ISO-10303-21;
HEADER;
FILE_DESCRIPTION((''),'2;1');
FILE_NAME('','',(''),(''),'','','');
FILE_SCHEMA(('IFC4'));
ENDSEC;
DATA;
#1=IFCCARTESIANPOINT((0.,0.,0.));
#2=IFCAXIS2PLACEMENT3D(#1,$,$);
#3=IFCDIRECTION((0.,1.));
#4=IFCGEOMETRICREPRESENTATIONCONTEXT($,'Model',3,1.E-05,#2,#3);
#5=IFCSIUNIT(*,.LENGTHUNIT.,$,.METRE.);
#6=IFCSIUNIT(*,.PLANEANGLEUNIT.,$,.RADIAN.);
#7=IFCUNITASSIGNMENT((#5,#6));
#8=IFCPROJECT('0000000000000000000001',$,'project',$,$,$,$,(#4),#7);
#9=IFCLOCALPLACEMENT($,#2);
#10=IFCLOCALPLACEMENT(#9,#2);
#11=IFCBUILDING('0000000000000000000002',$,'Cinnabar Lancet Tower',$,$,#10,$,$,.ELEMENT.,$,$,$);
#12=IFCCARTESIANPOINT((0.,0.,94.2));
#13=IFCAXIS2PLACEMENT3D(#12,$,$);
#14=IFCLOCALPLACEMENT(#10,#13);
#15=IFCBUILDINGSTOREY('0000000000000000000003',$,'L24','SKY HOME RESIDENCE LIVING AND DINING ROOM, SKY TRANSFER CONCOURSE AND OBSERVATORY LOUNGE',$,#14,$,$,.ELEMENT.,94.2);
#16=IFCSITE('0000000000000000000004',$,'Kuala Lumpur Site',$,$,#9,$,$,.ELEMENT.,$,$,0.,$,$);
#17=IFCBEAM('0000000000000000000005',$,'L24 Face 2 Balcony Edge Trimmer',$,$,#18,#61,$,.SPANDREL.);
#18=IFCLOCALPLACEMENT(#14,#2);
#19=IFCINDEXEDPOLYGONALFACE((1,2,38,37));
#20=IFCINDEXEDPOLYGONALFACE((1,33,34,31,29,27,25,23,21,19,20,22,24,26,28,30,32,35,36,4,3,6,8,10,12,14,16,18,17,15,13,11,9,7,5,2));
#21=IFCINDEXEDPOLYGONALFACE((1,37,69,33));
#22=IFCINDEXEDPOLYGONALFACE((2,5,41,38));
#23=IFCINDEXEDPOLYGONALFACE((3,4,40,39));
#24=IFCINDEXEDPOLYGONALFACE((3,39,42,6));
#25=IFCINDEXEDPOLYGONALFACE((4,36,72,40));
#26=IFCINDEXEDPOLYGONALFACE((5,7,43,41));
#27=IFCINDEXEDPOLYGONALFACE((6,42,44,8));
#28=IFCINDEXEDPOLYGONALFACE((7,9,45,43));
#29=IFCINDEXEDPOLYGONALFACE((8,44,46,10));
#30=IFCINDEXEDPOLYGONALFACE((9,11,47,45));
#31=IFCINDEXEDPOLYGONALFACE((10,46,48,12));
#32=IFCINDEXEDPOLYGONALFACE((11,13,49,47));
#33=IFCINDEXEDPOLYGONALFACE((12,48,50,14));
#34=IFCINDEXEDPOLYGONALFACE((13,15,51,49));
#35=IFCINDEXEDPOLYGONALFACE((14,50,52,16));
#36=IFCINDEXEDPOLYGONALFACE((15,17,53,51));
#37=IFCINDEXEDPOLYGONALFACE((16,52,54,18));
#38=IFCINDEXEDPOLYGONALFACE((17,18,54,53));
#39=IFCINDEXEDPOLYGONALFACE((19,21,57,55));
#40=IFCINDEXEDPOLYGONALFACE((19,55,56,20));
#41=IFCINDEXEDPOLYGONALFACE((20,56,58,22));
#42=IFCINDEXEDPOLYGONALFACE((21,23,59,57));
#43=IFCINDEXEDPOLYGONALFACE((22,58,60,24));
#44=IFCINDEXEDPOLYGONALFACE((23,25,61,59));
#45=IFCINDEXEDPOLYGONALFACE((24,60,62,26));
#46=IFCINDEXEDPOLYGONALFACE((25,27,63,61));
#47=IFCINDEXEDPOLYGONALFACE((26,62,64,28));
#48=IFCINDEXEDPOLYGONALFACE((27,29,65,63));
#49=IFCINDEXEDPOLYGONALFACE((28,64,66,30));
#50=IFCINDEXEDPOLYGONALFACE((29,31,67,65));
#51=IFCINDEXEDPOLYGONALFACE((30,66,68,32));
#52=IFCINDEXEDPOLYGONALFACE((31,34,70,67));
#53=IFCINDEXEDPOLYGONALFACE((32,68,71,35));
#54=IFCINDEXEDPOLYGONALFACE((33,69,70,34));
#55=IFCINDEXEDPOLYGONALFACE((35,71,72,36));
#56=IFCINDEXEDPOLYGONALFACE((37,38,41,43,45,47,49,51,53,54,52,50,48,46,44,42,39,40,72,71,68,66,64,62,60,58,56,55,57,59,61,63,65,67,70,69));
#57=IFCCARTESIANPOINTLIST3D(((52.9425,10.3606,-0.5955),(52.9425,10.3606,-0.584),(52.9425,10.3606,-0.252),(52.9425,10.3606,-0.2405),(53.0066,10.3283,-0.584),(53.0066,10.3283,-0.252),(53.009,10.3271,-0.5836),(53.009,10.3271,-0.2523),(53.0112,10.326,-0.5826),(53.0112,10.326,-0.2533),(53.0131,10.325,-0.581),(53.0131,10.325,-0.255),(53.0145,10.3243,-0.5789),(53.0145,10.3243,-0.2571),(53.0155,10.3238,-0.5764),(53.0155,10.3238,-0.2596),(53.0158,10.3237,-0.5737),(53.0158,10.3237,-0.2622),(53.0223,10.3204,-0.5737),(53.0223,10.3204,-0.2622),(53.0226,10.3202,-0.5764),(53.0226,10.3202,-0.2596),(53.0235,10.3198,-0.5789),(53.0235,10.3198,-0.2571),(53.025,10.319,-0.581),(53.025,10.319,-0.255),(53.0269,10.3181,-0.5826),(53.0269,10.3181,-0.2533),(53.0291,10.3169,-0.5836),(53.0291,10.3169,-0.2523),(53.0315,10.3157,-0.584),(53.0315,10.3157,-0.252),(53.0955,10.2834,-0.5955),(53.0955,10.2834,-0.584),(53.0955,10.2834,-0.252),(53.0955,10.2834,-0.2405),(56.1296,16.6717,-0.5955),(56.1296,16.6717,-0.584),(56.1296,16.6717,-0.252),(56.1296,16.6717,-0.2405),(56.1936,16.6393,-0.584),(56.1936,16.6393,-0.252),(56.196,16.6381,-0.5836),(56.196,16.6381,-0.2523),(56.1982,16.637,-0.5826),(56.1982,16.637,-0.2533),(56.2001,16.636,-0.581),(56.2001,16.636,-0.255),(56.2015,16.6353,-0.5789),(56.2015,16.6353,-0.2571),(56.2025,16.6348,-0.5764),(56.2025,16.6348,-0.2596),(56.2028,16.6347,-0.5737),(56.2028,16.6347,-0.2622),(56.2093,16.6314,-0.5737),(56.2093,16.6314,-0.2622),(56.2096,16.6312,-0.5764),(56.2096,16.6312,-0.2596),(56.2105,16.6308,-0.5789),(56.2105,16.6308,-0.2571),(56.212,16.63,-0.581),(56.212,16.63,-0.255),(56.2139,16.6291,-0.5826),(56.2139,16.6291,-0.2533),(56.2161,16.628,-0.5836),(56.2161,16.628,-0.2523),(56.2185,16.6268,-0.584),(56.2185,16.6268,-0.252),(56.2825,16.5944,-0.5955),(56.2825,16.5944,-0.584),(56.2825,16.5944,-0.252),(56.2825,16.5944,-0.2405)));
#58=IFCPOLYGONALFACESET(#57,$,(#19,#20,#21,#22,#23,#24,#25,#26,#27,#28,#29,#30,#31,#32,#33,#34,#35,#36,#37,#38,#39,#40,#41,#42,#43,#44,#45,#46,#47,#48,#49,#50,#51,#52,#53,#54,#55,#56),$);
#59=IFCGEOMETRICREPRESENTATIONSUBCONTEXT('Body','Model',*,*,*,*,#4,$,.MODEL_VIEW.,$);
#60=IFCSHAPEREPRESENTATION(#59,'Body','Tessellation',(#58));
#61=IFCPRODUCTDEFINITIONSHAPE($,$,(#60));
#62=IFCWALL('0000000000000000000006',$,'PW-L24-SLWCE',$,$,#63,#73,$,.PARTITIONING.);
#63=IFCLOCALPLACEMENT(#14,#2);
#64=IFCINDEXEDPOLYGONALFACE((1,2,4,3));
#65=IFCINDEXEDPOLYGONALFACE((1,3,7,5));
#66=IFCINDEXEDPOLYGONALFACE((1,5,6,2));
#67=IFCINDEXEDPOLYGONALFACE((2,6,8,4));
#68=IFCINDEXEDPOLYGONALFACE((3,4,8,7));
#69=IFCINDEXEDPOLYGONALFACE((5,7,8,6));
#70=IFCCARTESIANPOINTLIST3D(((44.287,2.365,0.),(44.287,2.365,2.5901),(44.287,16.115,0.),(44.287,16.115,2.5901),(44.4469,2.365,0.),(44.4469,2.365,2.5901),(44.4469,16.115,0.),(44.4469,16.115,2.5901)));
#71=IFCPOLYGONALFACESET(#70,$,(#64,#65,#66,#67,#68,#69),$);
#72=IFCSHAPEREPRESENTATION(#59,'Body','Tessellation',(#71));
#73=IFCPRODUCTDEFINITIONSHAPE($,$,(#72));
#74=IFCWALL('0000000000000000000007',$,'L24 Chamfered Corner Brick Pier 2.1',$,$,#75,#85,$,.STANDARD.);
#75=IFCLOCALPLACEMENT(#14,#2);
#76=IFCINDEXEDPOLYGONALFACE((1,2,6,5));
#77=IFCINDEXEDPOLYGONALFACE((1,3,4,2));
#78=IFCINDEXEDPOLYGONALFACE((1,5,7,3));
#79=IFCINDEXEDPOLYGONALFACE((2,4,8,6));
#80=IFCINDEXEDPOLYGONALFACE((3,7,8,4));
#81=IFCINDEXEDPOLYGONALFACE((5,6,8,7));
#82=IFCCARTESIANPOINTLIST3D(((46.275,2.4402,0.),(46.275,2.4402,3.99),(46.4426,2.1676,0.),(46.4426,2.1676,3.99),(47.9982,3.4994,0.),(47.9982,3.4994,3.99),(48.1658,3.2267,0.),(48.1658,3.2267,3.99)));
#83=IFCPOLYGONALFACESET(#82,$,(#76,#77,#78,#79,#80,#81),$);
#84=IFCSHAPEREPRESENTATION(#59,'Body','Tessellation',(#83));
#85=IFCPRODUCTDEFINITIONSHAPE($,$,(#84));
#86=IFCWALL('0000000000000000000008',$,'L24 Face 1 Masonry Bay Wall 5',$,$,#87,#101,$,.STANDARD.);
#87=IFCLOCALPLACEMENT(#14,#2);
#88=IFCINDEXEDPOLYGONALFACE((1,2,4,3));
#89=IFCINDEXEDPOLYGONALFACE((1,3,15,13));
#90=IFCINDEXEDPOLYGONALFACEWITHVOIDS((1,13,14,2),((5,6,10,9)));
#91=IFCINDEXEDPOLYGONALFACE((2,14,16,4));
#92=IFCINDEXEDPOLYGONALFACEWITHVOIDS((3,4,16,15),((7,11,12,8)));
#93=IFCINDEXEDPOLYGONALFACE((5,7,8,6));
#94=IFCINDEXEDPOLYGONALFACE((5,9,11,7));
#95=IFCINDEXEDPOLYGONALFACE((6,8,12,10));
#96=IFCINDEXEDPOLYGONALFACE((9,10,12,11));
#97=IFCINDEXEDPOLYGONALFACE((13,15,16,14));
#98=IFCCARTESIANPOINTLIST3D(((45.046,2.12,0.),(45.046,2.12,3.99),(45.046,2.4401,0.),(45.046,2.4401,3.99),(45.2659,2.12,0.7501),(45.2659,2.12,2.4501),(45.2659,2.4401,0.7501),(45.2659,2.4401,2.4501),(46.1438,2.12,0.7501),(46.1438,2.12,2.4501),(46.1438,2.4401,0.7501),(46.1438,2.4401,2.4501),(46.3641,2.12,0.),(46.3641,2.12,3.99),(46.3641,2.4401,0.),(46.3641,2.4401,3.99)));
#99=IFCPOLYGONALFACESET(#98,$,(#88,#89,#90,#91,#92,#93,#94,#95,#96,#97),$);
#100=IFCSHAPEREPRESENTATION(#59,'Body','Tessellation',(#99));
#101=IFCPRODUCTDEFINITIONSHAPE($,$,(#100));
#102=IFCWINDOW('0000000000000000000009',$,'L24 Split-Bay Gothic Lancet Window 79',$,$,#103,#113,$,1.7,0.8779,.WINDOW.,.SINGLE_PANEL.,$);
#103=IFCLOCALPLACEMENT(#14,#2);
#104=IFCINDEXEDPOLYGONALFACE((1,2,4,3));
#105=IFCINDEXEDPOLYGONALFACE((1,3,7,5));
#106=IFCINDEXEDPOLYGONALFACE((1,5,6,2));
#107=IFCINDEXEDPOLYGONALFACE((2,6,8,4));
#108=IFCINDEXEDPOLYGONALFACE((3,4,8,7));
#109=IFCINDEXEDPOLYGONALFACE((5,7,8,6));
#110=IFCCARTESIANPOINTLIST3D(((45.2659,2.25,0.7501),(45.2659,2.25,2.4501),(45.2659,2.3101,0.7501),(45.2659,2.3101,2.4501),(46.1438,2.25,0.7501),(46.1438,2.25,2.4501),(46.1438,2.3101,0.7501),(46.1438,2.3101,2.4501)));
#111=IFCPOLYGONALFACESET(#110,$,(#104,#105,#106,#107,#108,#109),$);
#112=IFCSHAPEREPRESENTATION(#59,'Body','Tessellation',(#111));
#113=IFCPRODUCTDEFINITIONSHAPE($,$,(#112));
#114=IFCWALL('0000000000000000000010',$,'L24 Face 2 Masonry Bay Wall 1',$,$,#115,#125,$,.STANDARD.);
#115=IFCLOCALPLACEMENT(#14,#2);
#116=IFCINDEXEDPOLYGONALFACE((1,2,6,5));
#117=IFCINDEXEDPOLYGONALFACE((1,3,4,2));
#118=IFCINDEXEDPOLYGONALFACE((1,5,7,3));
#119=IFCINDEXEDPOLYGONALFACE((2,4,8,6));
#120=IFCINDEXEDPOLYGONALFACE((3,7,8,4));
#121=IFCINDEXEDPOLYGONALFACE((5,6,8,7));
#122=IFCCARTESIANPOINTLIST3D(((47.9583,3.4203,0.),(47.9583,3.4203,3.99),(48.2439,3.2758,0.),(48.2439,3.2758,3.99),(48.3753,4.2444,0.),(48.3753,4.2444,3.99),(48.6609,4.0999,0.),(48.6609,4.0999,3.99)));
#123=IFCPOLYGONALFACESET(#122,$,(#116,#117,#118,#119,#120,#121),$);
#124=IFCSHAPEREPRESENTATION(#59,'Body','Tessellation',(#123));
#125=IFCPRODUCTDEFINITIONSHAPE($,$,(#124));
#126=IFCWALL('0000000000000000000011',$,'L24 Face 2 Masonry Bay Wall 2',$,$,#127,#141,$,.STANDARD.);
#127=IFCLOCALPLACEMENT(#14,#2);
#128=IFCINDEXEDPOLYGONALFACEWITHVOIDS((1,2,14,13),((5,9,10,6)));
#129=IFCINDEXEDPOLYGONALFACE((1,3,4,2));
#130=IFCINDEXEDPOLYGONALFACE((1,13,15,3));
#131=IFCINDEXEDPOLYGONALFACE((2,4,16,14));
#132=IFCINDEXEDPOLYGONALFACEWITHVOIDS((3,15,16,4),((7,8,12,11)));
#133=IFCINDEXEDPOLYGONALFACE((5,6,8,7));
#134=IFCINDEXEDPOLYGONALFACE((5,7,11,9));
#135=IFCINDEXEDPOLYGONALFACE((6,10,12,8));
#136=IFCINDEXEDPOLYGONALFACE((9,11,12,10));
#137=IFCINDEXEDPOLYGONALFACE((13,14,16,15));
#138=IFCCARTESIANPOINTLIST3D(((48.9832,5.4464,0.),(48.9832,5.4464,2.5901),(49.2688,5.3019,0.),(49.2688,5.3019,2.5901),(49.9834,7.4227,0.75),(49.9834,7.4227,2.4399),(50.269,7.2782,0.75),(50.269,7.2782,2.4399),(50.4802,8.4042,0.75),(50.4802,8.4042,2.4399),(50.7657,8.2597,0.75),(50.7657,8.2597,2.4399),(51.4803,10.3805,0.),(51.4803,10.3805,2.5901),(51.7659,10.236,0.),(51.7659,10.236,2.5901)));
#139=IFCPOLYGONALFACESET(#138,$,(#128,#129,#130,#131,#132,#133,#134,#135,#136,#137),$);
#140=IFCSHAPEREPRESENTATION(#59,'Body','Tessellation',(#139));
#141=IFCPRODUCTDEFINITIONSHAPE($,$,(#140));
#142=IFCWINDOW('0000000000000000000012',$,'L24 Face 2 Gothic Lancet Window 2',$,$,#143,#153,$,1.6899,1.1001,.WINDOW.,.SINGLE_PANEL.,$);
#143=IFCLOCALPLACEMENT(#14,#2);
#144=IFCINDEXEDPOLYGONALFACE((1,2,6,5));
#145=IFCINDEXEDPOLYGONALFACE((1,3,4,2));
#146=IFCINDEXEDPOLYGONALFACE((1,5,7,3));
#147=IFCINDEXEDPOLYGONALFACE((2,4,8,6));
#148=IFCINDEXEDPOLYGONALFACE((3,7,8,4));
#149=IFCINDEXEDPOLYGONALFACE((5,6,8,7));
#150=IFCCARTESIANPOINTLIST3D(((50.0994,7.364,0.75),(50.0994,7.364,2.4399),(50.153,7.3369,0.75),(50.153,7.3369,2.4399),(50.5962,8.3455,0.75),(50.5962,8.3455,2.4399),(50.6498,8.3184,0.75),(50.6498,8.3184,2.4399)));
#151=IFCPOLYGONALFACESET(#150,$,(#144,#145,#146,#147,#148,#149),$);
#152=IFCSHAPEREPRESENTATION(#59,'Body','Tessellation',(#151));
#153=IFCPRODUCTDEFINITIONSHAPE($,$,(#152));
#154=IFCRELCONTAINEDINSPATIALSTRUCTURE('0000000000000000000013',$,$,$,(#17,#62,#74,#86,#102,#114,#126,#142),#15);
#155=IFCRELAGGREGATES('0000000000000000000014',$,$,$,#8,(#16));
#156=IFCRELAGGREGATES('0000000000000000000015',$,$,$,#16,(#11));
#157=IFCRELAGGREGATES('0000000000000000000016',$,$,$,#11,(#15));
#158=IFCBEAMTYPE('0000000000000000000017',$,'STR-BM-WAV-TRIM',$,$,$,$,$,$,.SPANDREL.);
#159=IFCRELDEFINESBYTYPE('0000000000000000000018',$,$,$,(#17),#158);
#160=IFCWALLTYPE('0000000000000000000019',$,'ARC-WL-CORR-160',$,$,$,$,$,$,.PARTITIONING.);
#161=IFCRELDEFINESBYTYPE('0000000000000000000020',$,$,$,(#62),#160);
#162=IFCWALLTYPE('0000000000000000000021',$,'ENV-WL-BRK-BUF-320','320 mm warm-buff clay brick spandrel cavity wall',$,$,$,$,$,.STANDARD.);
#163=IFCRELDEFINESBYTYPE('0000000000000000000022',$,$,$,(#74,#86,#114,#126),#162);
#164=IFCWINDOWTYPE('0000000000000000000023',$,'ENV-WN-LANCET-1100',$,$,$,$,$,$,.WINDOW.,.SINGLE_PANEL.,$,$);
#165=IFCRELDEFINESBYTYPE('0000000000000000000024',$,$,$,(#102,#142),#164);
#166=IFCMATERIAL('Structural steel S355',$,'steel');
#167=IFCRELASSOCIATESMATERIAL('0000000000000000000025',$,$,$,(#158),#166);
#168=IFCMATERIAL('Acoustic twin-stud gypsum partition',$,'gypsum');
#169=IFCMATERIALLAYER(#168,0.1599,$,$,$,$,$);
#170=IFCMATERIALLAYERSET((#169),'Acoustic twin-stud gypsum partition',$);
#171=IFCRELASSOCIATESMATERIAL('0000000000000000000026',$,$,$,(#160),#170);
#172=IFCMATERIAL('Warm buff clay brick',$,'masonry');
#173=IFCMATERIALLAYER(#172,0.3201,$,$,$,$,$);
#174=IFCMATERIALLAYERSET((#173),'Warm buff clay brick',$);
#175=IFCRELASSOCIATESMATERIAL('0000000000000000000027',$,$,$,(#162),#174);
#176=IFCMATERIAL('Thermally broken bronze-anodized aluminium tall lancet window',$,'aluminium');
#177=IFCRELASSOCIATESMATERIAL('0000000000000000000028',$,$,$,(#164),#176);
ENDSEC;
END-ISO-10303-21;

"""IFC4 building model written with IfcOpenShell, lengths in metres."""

from ifc_helpers import new_model, si_unit, direction, frame, frame_2d, origin, origin_2d, place, context, subcontext, project, spatial, rectangle, i_section, extrude, material, layer, layer_set, material_profile, profile_set, type_object, element, fill, save


model = new_model("IFC4")

# Units and contexts
model_context = context("Model", 3, precision=1e-05, world=origin(), true_north=direction((0.0, 1.0)))
body_context = subcontext(model_context, "Body", "Model", "MODEL_VIEW")
ifc_project = project(units=[si_unit("LENGTHUNIT", "METRE"), si_unit("PLANEANGLEUNIT", "RADIAN")], contexts=[model_context])

# Site, building, storey
site_placement = place(None, origin())
site = spatial("IfcSite", under=ifc_project, at=site_placement, Name="Kuala Lumpur Site", CompositionType="ELEMENT", RefElevation=0.0)
building_placement = place(site_placement, origin())
building = spatial("IfcBuilding", under=site, at=building_placement, Name="Cinnabar Lancet Tower", CompositionType="ELEMENT")
storey_placement = place(building_placement, frame((0.0, 0.0, 94.2)))
storey = spatial("IfcBuildingStorey", under=building, at=storey_placement, Name="L24", Description="SKY HOME RESIDENCE LIVING AND DINING ROOM, SKY TRANSFER CONCOURSE AND OBSERVATORY LOUNGE", CompositionType="ELEMENT", Elevation=94.2)

# Beam
ifc_material_1 = material(Name="Structural steel S355", Category="steel")
ifc_material_profile_1 = material_profile(ifc_material_1, i_section(OverallWidth=0.1714, OverallDepth=0.355, WebThickness=0.0073, FlangeThickness=0.0115, FilletRadius=0.0103, at=origin_2d()), Name="UKB 356x171x51")
ifc_profile_set_1 = profile_set([ifc_material_profile_1], Name="Structural steel S355")
beam_type_1 = type_object("IfcBeamType", Name="STR-BM-WAV-TRIM", PredefinedType="SPANDREL", material=ifc_profile_set_1)
beam_1_placement = place(storey_placement, frame((53.019, 10.322, -0.418), z_axis=(0.450774, 0.892638, 0.0), x_axis=(-0.892638, 0.450774, 0.0)))
element("IfcBeam", 1, at=beam_1_placement, inside=storey, type_object=beam_type_1, Name="L24 Face 2 Balcony Edge Trimmer", PredefinedType="SPANDREL", context=body_context, shape_type="SweptSolid", body=[
    extrude(i_section(OverallWidth=0.1714, OverallDepth=0.355, WebThickness=0.0073, FlangeThickness=0.0115, FilletRadius=0.0103, at=origin_2d()), origin(), (0.0, 0.0, 1.0), 7.0701),
])

# Walls
ifc_material_2 = material(Name="Acoustic twin-stud gypsum partition", Category="gypsum")
ifc_layer_1 = layer(ifc_material_2, 0.1599)
ifc_layer_set_1 = layer_set([ifc_layer_1], Name="Acoustic twin-stud gypsum partition")
wall_type_1 = type_object("IfcWallType", Name="ARC-WL-CORR-160", PredefinedType="PARTITIONING", material=ifc_layer_set_1)
wall_1_placement = place(storey_placement, frame((44.3669, 2.365, 0.0), z_axis=(0.0, 0.0, 1.0), x_axis=(0.0, 1.0, 0.0)))
element("IfcWall", 2, at=wall_1_placement, inside=storey, type_object=wall_type_1, Name="PW-L24-SLWCE", PredefinedType="PARTITIONING", context=body_context, shape_type="SweptSolid", body=[
    extrude(rectangle(XDim=13.75, YDim=0.1599, at=frame_2d((6.875, 0.0))), origin(), (0.0, 0.0, 1.0), 2.5901),
])
ifc_material_3 = material(Name="Warm buff clay brick", Category="masonry")
ifc_layer_2 = layer(ifc_material_3, 0.3201)
ifc_layer_set_2 = layer_set([ifc_layer_2], Name="Warm buff clay brick")
wall_type_2 = type_object("IfcWallType", Name="ENV-WL-BRK-BUF-320", Description="320 mm warm-buff clay brick spandrel cavity wall", PredefinedType="STANDARD", material=ifc_layer_set_2)
wall_2_placement = place(storey_placement, frame((46.3589, 2.304, 0.0), z_axis=(0.0, 0.0, 1.0), x_axis=(0.851948, 0.523626, 0.0)))
element("IfcWall", 3, at=wall_2_placement, inside=storey, type_object=wall_type_2, Name="L24 Chamfered Corner Brick Pier 2.1", PredefinedType="STANDARD", context=body_context, shape_type="SweptSolid", body=[
    extrude(rectangle(XDim=2.0227, YDim=0.3201, at=frame_2d((1.0112, 0.0))), origin(), (0.0, 0.0, 1.0), 3.99),
])

# Wall, opening, window
wall_3_placement = place(storey_placement, frame((45.0459, 2.28, 0.0), z_axis=(0.0, 0.0, 1.0), x_axis=(1.0, 0.0, 0.0)))
wall_3 = element("IfcWall", 4, at=wall_3_placement, inside=storey, type_object=wall_type_2, Name="L24 Face 1 Masonry Bay Wall 5", PredefinedType="STANDARD", context=body_context, shape_type="SweptSolid", body=[
    extrude(rectangle(XDim=1.3181, YDim=0.3201, at=frame_2d((0.6592, 0.0))), origin(), (0.0, 0.0, 1.0), 3.99),
])
opening_1_placement = place(wall_3_placement, frame((0.22, 0.0, 0.75)))
opening_1 = element("IfcOpeningElement", 5, at=opening_1_placement, cuts=wall_3, PredefinedType="OPENING", context=body_context, shape_type="SweptSolid", body=[
    extrude(rectangle(XDim=0.8779, YDim=1.7, at=frame_2d((0.439, 0.8501))), frame((0.0, 0.1699, 0.0), z_axis=(0.0, -1.0, 0.0), x_axis=(1.0, 0.0, 0.0)), (0.0, 0.0, 1.0), 0.3401),
])
ifc_material_4 = material(Name="Thermally broken bronze-anodized aluminium tall lancet window", Category="aluminium")
window_type = type_object("IfcWindowType", Name="ENV-WN-LANCET-1100", PartitioningType="SINGLE_PANEL", PredefinedType="WINDOW", material=ifc_material_4)
window_1_placement = place(opening_1_placement, origin())
window_1 = element("IfcWindow", 6, at=window_1_placement, inside=storey, type_object=window_type, Name="L24 Split-Bay Gothic Lancet Window 79", OverallHeight=1.7, OverallWidth=0.8779, PartitioningType="SINGLE_PANEL", PredefinedType="WINDOW", context=body_context, shape_type="SweptSolid", body=[
    extrude(rectangle(XDim=0.8779, YDim=1.7, at=frame_2d((0.439, 0.8501))), frame((0.0, 0.03, 0.0), z_axis=(0.0, -1.0, 0.0), x_axis=(1.0, 0.0, 0.0)), (0.0, 0.0, 1.0), 0.0601),
])
fill(opening_1, window_1)

# Wall
wall_4_placement = place(storey_placement, frame((48.1011, 3.3479, 0.0), z_axis=(0.0, 0.0, 1.0), x_axis=(0.451438, 0.892303, 0.0)))
element("IfcWall", 7, at=wall_4_placement, inside=storey, type_object=wall_type_2, Name="L24 Face 2 Masonry Bay Wall 1", PredefinedType="STANDARD", context=body_context, shape_type="SweptSolid", body=[
    extrude(rectangle(XDim=0.9236, YDim=0.3201, at=frame_2d((0.4619, 0.0))), origin(), (0.0, 0.0, 1.0), 3.99),
])

# Wall, opening, window
wall_5_placement = place(storey_placement, frame((49.126, 5.374, 0.0), z_axis=(0.0, 0.0, 1.0), x_axis=(0.451553, 0.892245, 0.0)))
wall_5 = element("IfcWall", 8, at=wall_5_placement, inside=storey, type_object=wall_type_2, Name="L24 Face 2 Masonry Bay Wall 2", PredefinedType="STANDARD", context=body_context, shape_type="SweptSolid", body=[
    extrude(rectangle(XDim=5.53, YDim=0.3201, at=frame_2d((2.7651, 0.0))), origin(), (0.0, 0.0, 1.0), 2.5901),
])
opening_2_placement = place(wall_5_placement, frame((2.2151, 0.0, 0.75)))
opening_2 = element("IfcOpeningElement", 9, at=opening_2_placement, cuts=wall_5, PredefinedType="OPENING", context=body_context, shape_type="SweptSolid", body=[
    extrude(rectangle(XDim=1.1001, YDim=1.6899, at=frame_2d((0.55, 0.845))), frame((0.0, 0.1699, 0.0), z_axis=(0.0, -1.0, 0.0), x_axis=(1.0, 0.0, 0.0)), (0.0, 0.0, 1.0), 0.3401),
])
window_2_placement = place(opening_2_placement, origin())
window_2 = element("IfcWindow", 10, at=window_2_placement, inside=storey, type_object=window_type, Name="L24 Face 2 Gothic Lancet Window 2", OverallHeight=1.6899, OverallWidth=1.1001, PartitioningType="SINGLE_PANEL", PredefinedType="WINDOW", context=body_context, shape_type="SweptSolid", body=[
    extrude(rectangle(XDim=1.1001, YDim=1.6899, at=frame_2d((0.55, 0.845))), frame((0.0, 0.03, 0.0), z_axis=(0.0, -1.0, 0.0), x_axis=(1.0, 0.0, 0.0)), (0.0, 0.0, 1.0), 0.0601),
])
fill(opening_2, window_2)

save(model, "model.ifc")
